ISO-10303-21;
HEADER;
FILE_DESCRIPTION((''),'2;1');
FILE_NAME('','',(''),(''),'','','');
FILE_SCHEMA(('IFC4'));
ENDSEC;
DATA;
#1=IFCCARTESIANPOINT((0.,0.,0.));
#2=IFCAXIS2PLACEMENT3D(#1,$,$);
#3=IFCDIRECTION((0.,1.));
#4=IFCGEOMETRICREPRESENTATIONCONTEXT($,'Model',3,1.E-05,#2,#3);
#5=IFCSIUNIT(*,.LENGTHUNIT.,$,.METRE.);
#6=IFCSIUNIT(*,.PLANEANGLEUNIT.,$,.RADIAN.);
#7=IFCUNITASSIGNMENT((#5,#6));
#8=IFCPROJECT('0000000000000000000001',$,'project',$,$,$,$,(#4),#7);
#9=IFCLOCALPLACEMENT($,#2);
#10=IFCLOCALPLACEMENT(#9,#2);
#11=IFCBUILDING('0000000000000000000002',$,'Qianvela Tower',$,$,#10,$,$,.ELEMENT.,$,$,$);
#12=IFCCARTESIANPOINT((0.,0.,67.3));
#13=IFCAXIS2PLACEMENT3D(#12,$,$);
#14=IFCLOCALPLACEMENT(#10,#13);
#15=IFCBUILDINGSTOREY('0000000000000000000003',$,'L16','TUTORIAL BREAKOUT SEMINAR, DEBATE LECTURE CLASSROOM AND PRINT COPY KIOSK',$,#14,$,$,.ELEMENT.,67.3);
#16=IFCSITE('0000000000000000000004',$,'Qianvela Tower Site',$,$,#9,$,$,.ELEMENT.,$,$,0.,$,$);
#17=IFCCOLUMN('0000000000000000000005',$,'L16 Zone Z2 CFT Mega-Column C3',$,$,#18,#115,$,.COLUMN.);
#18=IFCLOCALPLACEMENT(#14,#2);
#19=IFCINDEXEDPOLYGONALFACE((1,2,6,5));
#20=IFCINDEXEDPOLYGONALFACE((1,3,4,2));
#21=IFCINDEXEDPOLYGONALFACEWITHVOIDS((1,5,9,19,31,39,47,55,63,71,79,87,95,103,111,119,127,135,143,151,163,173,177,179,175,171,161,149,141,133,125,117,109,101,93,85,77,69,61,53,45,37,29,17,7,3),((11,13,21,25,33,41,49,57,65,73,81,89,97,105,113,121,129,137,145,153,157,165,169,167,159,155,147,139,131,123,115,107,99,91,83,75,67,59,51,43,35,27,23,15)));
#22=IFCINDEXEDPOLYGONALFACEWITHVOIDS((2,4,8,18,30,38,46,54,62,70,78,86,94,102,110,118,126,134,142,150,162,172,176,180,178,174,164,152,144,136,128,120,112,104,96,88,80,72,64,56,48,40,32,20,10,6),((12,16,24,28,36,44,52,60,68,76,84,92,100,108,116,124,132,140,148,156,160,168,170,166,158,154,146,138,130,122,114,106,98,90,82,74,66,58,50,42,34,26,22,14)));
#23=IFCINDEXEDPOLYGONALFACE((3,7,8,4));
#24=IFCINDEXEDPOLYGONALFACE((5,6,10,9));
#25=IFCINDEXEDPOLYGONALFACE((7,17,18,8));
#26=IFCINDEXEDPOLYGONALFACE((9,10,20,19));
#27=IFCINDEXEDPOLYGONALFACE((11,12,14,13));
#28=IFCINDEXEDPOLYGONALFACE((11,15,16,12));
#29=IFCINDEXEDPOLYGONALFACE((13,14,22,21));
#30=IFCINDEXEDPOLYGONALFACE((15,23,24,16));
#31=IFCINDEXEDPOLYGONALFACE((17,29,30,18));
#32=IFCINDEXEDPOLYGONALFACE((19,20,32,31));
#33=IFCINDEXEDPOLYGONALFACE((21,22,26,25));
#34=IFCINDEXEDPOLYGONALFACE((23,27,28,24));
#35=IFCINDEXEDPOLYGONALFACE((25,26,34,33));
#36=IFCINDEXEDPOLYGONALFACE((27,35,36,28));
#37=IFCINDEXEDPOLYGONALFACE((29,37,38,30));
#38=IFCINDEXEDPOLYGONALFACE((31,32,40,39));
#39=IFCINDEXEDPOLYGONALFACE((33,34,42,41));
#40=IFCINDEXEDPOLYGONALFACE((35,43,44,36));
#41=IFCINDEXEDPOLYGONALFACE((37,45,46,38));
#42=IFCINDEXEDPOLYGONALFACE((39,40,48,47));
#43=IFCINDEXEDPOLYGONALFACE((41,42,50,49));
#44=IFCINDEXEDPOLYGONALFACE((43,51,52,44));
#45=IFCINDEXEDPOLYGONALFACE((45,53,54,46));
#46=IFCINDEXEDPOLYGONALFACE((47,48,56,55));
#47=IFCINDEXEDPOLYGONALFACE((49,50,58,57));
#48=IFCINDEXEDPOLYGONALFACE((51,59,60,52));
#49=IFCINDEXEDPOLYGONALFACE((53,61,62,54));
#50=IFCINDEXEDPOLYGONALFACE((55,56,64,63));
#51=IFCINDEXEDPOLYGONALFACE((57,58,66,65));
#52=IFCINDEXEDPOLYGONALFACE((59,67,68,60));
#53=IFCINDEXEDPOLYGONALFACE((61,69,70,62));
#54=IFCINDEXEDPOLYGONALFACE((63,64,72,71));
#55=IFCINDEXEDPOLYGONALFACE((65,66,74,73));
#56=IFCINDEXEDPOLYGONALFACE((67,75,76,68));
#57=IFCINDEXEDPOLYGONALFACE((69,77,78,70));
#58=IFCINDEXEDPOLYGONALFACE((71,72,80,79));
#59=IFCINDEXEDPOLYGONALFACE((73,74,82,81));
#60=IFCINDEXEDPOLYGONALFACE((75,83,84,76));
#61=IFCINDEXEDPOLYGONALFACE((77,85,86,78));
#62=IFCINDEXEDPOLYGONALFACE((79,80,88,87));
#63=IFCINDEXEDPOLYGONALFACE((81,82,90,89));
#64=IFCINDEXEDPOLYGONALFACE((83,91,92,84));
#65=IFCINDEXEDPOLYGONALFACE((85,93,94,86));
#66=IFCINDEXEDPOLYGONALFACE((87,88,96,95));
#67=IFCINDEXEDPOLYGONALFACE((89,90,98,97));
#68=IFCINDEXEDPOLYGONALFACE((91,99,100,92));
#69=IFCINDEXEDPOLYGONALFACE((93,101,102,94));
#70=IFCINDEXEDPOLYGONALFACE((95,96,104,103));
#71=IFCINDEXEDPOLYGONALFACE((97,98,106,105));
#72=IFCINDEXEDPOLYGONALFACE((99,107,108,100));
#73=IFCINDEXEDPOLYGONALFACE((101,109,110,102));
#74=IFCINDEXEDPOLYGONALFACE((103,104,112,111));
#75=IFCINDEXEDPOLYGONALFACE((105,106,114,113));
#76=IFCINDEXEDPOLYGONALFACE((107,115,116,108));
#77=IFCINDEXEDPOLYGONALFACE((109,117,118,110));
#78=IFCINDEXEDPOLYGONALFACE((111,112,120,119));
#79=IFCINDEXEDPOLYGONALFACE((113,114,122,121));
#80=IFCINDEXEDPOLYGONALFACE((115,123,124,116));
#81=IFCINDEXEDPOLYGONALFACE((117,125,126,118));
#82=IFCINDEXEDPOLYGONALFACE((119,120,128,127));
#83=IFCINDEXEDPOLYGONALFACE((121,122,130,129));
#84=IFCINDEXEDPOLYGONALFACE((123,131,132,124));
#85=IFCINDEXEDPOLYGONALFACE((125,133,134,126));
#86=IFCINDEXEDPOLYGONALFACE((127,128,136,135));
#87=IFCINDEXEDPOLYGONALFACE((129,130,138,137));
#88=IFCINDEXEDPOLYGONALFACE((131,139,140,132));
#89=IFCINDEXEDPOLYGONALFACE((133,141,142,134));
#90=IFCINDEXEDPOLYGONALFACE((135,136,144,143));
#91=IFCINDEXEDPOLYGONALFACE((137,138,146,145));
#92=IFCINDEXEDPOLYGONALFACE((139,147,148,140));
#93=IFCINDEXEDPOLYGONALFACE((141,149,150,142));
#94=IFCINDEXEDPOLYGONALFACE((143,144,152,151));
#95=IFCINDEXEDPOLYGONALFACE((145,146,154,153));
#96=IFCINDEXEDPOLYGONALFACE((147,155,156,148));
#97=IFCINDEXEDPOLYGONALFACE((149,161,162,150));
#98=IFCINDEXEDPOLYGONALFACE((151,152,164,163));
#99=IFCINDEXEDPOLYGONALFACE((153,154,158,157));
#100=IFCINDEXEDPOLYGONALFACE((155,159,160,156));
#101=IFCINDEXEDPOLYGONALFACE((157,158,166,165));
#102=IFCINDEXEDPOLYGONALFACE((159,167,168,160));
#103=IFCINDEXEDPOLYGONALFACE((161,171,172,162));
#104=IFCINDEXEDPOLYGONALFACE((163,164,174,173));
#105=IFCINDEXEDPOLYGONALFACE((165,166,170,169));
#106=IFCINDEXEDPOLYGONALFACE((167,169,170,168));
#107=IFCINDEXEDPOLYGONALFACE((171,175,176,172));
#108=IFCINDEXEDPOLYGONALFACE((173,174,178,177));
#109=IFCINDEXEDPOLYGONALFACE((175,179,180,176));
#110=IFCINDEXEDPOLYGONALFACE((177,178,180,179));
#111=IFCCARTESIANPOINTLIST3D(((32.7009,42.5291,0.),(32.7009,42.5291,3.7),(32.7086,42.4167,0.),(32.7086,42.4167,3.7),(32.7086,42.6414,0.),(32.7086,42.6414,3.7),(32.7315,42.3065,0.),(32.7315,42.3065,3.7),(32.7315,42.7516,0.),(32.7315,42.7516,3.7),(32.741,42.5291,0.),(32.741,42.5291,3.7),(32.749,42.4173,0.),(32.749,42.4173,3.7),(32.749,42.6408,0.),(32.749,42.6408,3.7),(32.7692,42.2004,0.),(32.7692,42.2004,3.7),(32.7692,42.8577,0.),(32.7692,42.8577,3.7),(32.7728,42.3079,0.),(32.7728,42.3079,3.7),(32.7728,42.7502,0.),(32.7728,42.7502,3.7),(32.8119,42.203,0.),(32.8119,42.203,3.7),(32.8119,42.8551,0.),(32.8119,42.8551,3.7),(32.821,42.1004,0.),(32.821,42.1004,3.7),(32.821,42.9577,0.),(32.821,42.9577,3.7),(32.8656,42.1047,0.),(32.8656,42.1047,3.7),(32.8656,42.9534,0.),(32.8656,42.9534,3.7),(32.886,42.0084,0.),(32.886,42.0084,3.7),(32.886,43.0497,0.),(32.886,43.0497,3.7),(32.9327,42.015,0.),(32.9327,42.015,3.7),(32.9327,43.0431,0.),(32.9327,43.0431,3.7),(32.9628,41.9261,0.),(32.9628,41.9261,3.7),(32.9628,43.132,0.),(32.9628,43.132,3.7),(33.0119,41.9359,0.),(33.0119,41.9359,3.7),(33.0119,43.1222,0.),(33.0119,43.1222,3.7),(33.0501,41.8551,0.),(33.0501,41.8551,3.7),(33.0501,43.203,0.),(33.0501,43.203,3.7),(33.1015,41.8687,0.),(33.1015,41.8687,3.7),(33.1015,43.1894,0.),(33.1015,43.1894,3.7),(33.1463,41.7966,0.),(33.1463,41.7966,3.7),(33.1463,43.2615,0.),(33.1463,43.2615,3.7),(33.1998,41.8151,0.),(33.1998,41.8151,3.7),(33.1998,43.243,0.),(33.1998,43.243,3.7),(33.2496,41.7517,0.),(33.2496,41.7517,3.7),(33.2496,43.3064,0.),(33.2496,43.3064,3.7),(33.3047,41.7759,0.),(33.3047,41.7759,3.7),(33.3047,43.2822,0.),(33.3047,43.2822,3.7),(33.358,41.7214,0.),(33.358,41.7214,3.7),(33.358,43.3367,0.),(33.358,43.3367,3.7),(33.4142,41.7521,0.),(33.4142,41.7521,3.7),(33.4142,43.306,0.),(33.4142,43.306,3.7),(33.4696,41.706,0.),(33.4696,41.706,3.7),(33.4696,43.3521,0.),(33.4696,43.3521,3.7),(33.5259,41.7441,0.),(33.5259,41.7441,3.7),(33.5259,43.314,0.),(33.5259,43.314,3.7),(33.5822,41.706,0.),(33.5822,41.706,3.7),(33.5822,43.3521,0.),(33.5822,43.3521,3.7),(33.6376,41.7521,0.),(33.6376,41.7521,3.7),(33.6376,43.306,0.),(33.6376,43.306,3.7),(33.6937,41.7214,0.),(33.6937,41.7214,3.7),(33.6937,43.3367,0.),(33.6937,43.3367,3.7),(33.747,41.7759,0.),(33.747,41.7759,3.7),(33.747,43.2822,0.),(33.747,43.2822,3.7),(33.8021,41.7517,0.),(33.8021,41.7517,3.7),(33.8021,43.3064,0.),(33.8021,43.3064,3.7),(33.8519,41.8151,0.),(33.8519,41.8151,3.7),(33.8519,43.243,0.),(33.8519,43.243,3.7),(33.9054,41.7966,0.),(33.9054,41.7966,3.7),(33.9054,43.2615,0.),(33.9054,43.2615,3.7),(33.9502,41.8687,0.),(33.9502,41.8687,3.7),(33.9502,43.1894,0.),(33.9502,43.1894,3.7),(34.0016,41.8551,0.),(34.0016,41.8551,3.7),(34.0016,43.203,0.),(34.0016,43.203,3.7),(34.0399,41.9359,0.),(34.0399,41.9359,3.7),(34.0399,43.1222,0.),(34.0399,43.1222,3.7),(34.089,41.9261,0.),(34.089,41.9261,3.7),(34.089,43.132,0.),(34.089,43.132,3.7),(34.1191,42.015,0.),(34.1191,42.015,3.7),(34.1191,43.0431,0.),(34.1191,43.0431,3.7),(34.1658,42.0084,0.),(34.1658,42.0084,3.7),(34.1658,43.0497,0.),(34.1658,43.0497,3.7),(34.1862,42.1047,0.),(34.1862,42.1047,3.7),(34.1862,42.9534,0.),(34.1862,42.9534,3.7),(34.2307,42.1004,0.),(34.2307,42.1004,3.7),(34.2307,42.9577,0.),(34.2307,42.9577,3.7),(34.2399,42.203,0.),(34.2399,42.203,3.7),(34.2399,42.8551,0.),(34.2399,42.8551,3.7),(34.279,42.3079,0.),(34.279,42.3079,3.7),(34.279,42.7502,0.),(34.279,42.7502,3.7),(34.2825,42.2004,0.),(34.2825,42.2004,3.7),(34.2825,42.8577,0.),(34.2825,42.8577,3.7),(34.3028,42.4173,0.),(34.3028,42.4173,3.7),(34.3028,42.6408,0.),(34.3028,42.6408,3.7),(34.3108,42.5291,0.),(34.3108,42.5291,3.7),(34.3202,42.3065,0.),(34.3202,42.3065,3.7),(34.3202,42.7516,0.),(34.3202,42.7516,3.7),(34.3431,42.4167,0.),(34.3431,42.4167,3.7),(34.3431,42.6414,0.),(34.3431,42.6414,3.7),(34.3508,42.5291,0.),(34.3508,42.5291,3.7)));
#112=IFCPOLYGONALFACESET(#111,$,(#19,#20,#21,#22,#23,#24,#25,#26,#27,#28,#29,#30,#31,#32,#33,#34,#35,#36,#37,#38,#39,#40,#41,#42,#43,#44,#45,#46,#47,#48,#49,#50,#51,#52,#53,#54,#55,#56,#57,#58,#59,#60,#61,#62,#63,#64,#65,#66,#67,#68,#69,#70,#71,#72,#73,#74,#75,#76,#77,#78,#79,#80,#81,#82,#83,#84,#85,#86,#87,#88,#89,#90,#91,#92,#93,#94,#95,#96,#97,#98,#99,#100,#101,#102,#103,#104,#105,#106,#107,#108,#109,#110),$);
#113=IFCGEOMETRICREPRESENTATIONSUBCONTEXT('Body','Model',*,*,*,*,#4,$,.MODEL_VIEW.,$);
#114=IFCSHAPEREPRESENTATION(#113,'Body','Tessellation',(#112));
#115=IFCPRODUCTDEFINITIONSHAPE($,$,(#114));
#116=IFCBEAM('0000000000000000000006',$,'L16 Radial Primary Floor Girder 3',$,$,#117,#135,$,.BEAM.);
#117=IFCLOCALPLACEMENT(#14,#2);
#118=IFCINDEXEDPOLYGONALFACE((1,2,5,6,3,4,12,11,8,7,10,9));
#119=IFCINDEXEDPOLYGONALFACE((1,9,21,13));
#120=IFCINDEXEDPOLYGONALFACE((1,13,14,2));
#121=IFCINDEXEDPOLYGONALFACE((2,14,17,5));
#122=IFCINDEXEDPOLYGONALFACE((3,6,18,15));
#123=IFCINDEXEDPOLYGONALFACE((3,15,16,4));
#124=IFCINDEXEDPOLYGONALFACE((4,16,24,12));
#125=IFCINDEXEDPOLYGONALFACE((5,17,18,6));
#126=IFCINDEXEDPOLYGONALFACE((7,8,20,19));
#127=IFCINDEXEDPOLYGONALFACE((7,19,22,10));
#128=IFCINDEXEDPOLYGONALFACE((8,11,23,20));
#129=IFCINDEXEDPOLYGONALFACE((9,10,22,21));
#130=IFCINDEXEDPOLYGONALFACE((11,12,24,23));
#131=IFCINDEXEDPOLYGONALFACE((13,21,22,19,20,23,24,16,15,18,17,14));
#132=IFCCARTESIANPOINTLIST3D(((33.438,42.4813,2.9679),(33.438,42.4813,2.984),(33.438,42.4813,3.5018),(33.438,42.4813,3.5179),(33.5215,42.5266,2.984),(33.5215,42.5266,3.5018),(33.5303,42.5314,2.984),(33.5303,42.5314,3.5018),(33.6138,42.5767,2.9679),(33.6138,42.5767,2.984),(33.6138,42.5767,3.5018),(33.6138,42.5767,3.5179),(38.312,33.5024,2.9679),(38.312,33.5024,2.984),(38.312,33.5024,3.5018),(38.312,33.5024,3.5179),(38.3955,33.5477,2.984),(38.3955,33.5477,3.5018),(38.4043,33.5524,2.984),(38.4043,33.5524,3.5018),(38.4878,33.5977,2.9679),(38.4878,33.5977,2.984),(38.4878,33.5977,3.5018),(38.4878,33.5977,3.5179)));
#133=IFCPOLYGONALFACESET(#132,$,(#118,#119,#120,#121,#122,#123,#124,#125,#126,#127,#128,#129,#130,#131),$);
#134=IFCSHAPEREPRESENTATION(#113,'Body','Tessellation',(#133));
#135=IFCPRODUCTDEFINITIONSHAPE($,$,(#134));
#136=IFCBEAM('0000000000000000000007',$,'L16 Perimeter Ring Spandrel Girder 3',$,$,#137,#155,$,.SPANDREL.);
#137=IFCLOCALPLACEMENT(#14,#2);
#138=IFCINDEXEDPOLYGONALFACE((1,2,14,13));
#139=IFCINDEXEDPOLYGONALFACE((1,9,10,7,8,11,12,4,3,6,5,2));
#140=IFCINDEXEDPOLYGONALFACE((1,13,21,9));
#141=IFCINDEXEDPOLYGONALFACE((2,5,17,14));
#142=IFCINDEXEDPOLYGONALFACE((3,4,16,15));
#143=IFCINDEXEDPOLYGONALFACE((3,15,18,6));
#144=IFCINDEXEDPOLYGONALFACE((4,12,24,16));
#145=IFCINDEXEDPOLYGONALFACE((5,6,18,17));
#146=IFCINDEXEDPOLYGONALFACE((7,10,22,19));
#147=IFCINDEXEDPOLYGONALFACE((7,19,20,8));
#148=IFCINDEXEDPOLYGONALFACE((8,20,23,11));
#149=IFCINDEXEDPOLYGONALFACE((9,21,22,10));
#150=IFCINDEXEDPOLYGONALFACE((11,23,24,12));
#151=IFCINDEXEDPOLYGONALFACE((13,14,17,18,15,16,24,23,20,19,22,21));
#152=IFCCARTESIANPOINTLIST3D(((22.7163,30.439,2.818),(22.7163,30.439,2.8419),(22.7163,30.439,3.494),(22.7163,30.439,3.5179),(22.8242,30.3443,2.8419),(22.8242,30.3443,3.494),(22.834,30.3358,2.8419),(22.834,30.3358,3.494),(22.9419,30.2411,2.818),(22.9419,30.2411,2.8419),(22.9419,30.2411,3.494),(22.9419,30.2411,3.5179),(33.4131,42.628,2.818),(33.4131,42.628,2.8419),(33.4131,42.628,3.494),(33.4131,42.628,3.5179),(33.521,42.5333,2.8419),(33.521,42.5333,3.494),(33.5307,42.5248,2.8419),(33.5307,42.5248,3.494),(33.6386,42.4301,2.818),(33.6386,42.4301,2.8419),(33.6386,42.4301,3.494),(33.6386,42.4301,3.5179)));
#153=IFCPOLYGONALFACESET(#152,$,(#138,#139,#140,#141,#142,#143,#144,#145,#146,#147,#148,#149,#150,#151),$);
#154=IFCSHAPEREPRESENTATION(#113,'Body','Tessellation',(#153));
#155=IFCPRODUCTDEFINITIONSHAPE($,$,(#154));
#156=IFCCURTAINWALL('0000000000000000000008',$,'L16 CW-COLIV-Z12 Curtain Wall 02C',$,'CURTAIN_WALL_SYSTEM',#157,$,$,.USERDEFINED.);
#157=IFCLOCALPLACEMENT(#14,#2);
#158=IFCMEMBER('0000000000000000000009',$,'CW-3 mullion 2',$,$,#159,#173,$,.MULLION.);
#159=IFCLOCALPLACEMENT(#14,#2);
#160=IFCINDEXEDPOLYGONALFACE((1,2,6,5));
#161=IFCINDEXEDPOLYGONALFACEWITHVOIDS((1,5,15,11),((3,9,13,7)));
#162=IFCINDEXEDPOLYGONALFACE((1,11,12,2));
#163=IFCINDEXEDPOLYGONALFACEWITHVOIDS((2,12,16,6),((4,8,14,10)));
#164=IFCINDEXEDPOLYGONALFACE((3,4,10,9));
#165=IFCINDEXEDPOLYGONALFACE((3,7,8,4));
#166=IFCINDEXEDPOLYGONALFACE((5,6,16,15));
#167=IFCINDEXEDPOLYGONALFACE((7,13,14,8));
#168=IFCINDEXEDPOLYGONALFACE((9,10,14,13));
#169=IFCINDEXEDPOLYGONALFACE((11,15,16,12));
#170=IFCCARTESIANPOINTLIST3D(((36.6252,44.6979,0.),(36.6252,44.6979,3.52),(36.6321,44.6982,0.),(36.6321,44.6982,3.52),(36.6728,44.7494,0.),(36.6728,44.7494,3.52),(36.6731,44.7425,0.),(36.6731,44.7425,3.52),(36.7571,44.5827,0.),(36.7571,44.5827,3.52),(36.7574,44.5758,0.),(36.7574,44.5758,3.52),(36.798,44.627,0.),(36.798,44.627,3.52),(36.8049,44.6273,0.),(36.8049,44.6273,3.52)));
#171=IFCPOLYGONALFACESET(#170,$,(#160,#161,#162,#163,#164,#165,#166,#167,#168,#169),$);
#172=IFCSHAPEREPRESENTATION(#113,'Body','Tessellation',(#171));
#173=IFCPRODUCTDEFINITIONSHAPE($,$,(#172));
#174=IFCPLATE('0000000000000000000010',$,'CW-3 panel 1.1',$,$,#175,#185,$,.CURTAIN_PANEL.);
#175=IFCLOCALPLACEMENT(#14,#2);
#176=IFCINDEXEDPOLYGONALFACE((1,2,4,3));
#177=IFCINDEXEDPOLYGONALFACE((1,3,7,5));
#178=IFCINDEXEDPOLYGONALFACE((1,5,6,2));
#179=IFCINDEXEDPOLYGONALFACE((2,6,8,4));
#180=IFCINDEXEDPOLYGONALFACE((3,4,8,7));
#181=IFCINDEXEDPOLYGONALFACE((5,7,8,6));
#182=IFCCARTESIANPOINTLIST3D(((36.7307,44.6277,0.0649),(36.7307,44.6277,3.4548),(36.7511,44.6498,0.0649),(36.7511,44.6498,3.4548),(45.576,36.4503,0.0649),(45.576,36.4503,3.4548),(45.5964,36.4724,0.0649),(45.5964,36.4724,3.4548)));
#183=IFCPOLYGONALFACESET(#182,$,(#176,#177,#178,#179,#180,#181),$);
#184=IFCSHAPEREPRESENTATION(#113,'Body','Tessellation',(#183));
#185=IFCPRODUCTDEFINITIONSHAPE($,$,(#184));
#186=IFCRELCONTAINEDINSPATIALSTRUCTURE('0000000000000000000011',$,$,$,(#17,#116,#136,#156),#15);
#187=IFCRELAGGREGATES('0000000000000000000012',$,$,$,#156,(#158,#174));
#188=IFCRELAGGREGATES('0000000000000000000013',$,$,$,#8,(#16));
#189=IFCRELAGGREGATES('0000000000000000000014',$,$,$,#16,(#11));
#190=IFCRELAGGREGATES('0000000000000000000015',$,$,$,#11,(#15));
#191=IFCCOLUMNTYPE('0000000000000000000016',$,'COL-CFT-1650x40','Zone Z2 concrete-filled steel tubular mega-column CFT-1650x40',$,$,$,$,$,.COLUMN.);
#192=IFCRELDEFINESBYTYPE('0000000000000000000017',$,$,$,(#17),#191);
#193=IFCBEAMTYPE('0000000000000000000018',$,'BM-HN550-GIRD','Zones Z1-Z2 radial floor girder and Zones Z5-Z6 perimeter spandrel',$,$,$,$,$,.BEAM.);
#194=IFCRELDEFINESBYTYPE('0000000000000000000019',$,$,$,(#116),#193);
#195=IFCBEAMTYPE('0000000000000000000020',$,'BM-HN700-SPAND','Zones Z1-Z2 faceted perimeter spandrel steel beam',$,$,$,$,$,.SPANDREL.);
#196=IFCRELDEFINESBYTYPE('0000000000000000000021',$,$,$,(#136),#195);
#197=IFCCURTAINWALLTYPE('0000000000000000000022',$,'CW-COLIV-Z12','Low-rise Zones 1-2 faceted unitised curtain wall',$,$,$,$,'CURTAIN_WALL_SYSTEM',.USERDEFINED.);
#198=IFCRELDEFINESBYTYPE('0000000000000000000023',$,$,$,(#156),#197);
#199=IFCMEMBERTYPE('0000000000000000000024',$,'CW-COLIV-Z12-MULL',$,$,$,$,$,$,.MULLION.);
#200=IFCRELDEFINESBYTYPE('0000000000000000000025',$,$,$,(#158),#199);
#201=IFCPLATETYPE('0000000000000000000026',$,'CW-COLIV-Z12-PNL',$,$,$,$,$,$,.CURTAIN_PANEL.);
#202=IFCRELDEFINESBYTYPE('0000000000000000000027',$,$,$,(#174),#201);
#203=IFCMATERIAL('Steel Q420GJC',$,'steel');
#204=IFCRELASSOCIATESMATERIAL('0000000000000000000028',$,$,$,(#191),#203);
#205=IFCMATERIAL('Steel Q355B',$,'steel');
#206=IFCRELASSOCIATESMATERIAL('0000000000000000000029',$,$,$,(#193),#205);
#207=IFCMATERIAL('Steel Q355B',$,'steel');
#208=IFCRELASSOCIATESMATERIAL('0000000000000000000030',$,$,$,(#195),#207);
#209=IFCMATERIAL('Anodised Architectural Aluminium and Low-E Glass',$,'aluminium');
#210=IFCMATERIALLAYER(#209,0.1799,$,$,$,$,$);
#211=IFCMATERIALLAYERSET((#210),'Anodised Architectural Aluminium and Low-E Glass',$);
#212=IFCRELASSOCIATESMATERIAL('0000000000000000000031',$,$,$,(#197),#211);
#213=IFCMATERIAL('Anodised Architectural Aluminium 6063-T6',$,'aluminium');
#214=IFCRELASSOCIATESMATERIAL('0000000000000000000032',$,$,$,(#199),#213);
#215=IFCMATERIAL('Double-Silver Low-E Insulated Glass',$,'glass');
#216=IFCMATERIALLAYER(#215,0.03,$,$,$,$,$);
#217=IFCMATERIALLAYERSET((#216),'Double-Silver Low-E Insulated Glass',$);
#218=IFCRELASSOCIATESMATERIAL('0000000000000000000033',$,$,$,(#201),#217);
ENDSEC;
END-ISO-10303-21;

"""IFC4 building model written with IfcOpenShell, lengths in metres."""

from ifc_helpers import new_model, si_unit, direction, frame, origin, origin_2d, place, context, subcontext, project, spatial, rectangle, hollow_rectangle, hollow_circle, i_section, extrude, material, layer, layer_set, material_profile, profile_set, type_object, element, aggregate, save


model = new_model("IFC4")

# Units and contexts
model_context = context("Model", 3, precision=1e-05, world=origin(), true_north=direction((0.0, 1.0)))
body_context = subcontext(model_context, "Body", "Model", "MODEL_VIEW")
ifc_project = project(units=[si_unit("LENGTHUNIT", "METRE"), si_unit("PLANEANGLEUNIT", "RADIAN")], contexts=[model_context])

# Site, building, storey
site_placement = place(None, origin())
site = spatial("IfcSite", under=ifc_project, at=site_placement, Name="Qianvela Tower Site", CompositionType="ELEMENT", RefElevation=0.0)
building_placement = place(site_placement, origin())
building = spatial("IfcBuilding", under=site, at=building_placement, Name="Qianvela Tower", CompositionType="ELEMENT")
storey_placement = place(building_placement, frame((0.0, 0.0, 67.3)))
storey = spatial("IfcBuildingStorey", under=building, at=storey_placement, Name="L16", Description="TUTORIAL BREAKOUT SEMINAR, DEBATE LECTURE CLASSROOM AND PRINT COPY KIOSK", CompositionType="ELEMENT", Elevation=67.3)

# Column
ifc_material_1 = material(Name="Steel Q420GJC", Category="steel")
ifc_material_profile_1 = material_profile(ifc_material_1, hollow_circle(Radius=0.825, WallThickness=0.04, at=origin_2d()), Name="CFT-1650x40")
ifc_profile_set_1 = profile_set([ifc_material_profile_1], Name="Steel Q420GJC")
column_type = type_object("IfcColumnType", Name="COL-CFT-1650x40", Description="Zone Z2 concrete-filled steel tubular mega-column CFT-1650x40", PredefinedType="COLUMN", material=ifc_profile_set_1)
for number, where, z_axis, x_axis, name in (
    (1, (33.5259, 42.5291, 0.0), (0.0, 0.0, 1.0), (1.0, 0.0, 0.0), "L16 Zone Z2 CFT Mega-Column C3"),
):
    element("IfcColumn", number, at=place(storey_placement, frame(where, z_axis=z_axis, x_axis=x_axis)), inside=storey, type_object=column_type, Name=name, PredefinedType="COLUMN", context=body_context, shape_type="SweptSolid", body=[
        extrude(hollow_circle(Radius=0.825, WallThickness=0.04, at=origin_2d()), origin(), (0.0, 0.0, 1.0), 3.7),
    ])

# Beams
ifc_material_2 = material(Name="Steel Q355B", Category="steel")
ifc_material_profile_2 = material_profile(ifc_material_2, i_section(OverallWidth=0.2, OverallDepth=0.55, WebThickness=0.01, FlangeThickness=0.0161, at=origin_2d()), Name="HN550x200x10x16")
ifc_profile_set_2 = profile_set([ifc_material_profile_2], Name="Steel Q355B")
beam_type_1 = type_object("IfcBeamType", Name="BM-HN550-GIRD", Description="Zones Z1-Z2 radial floor girder and Zones Z5-Z6 perimeter spandrel", PredefinedType="BEAM", material=ifc_profile_set_2)
beam_1_placement = place(storey_placement, frame((38.3999, 33.55, 3.2429), z_axis=(-0.47707, 0.878865, 0.0), x_axis=(-0.878865, -0.47707, 0.0)))
element("IfcBeam", 2, at=beam_1_placement, inside=storey, type_object=beam_type_1, Name="L16 Radial Primary Floor Girder 3", PredefinedType="BEAM", context=body_context, shape_type="SweptSolid", body=[
    extrude(i_section(OverallWidth=0.2, OverallDepth=0.55, WebThickness=0.01, FlangeThickness=0.0161, at=origin_2d()), origin(), (0.0, 0.0, 1.0), 10.2166),
])
ifc_material_3 = material(Name="Steel Q355B", Category="steel")
ifc_material_profile_3 = material_profile(ifc_material_3, i_section(OverallWidth=0.3, OverallDepth=0.7, WebThickness=0.0129, FlangeThickness=0.0239, at=origin_2d()), Name="HN700x300x13x24")
ifc_profile_set_3 = profile_set([ifc_material_profile_3], Name="Steel Q355B")
beam_type_2 = type_object("IfcBeamType", Name="BM-HN700-SPAND", Description="Zones Z1-Z2 faceted perimeter spandrel steel beam", PredefinedType="SPANDREL", material=ifc_profile_set_3)
beam_2_placement = place(storey_placement, frame((33.5259, 42.5291, 3.168), z_axis=(-0.659602, -0.751615, 0.0), x_axis=(0.751615, -0.659602, 0.0)))
element("IfcBeam", 3, at=beam_2_placement, inside=storey, type_object=beam_type_2, Name="L16 Perimeter Ring Spandrel Girder 3", PredefinedType="SPANDREL", context=body_context, shape_type="SweptSolid", body=[
    extrude(i_section(OverallWidth=0.3, OverallDepth=0.7, WebThickness=0.0129, FlangeThickness=0.0239, at=origin_2d()), origin(), (0.0, 0.0, 1.0), 16.217),
])

# Curtain wall, member, plate
ifc_material_4 = material(Name="Anodised Architectural Aluminium and Low-E Glass", Category="aluminium")
ifc_layer_1 = layer(ifc_material_4, 0.1799)
ifc_layer_set_1 = layer_set([ifc_layer_1], Name="Anodised Architectural Aluminium and Low-E Glass")
curtain_wall_type = type_object("IfcCurtainWallType", Name="CW-COLIV-Z12", Description="Low-rise Zones 1-2 faceted unitised curtain wall", ElementType="CURTAIN_WALL_SYSTEM", PredefinedType="USERDEFINED", material=ifc_layer_set_1)
curtain_wall_placement = place(storey_placement, origin())
curtain_wall = element("IfcCurtainWall", 4, at=curtain_wall_placement, inside=storey, type_object=curtain_wall_type, Name="L16 CW-COLIV-Z12 Curtain Wall 02C", ObjectType="CURTAIN_WALL_SYSTEM", PredefinedType="USERDEFINED")
ifc_material_5 = material(Name="Anodised Architectural Aluminium 6063-T6", Category="aluminium")
ifc_material_profile_4 = material_profile(ifc_material_5, hollow_rectangle(XDim=0.0701, YDim=0.1799, WallThickness=0.0049, at=origin_2d()), Name="ALU-MULL-70x180")
ifc_profile_set_4 = profile_set([ifc_material_profile_4], Name="Anodised Architectural Aluminium 6063-T6")
member_type = type_object("IfcMemberType", Name="CW-COLIV-Z12-MULL", PredefinedType="MULLION", material=ifc_profile_set_4)
member_placement = place(storey_placement, frame((36.7151, 44.6626, 0.0), z_axis=(0.0, 0.0, 1.0), x_axis=(-0.678839, -0.734287, 0.0)))
member = element("IfcMember", 5, at=member_placement, type_object=member_type, Name="CW-3 mullion 2", PredefinedType="MULLION", context=body_context, shape_type="SweptSolid", body=[
    extrude(hollow_rectangle(XDim=0.0701, YDim=0.1799, WallThickness=0.0049, at=origin_2d()), origin(), (0.0, 0.0, 1.0), 3.52),
])
ifc_material_6 = material(Name="Double-Silver Low-E Insulated Glass", Category="glass")
ifc_layer_2 = layer(ifc_material_6, 0.03)
ifc_layer_set_2 = layer_set([ifc_layer_2], Name="Double-Silver Low-E Insulated Glass")
plate_type_1 = type_object("IfcPlateType", Name="CW-COLIV-Z12-PNL", PredefinedType="CURTAIN_PANEL", material=ifc_layer_set_2)
plate_1_placement = place(storey_placement, frame((41.1636, 40.55, 0.0649), z_axis=(0.0, 0.0, 1.0), x_axis=(-0.734287, 0.678839, 0.0)))
plate_1 = element("IfcPlate", 6, at=plate_1_placement, type_object=plate_type_1, Name="CW-3 panel 1.1", PredefinedType="CURTAIN_PANEL", context=body_context, shape_type="SweptSolid", body=[
    extrude(rectangle(XDim=12.0461, YDim=0.03, at=origin_2d()), origin(), (0.0, 0.0, 1.0), 3.3899),
])
aggregate(curtain_wall, [member, plate_1])

save(model, "model.ifc")
